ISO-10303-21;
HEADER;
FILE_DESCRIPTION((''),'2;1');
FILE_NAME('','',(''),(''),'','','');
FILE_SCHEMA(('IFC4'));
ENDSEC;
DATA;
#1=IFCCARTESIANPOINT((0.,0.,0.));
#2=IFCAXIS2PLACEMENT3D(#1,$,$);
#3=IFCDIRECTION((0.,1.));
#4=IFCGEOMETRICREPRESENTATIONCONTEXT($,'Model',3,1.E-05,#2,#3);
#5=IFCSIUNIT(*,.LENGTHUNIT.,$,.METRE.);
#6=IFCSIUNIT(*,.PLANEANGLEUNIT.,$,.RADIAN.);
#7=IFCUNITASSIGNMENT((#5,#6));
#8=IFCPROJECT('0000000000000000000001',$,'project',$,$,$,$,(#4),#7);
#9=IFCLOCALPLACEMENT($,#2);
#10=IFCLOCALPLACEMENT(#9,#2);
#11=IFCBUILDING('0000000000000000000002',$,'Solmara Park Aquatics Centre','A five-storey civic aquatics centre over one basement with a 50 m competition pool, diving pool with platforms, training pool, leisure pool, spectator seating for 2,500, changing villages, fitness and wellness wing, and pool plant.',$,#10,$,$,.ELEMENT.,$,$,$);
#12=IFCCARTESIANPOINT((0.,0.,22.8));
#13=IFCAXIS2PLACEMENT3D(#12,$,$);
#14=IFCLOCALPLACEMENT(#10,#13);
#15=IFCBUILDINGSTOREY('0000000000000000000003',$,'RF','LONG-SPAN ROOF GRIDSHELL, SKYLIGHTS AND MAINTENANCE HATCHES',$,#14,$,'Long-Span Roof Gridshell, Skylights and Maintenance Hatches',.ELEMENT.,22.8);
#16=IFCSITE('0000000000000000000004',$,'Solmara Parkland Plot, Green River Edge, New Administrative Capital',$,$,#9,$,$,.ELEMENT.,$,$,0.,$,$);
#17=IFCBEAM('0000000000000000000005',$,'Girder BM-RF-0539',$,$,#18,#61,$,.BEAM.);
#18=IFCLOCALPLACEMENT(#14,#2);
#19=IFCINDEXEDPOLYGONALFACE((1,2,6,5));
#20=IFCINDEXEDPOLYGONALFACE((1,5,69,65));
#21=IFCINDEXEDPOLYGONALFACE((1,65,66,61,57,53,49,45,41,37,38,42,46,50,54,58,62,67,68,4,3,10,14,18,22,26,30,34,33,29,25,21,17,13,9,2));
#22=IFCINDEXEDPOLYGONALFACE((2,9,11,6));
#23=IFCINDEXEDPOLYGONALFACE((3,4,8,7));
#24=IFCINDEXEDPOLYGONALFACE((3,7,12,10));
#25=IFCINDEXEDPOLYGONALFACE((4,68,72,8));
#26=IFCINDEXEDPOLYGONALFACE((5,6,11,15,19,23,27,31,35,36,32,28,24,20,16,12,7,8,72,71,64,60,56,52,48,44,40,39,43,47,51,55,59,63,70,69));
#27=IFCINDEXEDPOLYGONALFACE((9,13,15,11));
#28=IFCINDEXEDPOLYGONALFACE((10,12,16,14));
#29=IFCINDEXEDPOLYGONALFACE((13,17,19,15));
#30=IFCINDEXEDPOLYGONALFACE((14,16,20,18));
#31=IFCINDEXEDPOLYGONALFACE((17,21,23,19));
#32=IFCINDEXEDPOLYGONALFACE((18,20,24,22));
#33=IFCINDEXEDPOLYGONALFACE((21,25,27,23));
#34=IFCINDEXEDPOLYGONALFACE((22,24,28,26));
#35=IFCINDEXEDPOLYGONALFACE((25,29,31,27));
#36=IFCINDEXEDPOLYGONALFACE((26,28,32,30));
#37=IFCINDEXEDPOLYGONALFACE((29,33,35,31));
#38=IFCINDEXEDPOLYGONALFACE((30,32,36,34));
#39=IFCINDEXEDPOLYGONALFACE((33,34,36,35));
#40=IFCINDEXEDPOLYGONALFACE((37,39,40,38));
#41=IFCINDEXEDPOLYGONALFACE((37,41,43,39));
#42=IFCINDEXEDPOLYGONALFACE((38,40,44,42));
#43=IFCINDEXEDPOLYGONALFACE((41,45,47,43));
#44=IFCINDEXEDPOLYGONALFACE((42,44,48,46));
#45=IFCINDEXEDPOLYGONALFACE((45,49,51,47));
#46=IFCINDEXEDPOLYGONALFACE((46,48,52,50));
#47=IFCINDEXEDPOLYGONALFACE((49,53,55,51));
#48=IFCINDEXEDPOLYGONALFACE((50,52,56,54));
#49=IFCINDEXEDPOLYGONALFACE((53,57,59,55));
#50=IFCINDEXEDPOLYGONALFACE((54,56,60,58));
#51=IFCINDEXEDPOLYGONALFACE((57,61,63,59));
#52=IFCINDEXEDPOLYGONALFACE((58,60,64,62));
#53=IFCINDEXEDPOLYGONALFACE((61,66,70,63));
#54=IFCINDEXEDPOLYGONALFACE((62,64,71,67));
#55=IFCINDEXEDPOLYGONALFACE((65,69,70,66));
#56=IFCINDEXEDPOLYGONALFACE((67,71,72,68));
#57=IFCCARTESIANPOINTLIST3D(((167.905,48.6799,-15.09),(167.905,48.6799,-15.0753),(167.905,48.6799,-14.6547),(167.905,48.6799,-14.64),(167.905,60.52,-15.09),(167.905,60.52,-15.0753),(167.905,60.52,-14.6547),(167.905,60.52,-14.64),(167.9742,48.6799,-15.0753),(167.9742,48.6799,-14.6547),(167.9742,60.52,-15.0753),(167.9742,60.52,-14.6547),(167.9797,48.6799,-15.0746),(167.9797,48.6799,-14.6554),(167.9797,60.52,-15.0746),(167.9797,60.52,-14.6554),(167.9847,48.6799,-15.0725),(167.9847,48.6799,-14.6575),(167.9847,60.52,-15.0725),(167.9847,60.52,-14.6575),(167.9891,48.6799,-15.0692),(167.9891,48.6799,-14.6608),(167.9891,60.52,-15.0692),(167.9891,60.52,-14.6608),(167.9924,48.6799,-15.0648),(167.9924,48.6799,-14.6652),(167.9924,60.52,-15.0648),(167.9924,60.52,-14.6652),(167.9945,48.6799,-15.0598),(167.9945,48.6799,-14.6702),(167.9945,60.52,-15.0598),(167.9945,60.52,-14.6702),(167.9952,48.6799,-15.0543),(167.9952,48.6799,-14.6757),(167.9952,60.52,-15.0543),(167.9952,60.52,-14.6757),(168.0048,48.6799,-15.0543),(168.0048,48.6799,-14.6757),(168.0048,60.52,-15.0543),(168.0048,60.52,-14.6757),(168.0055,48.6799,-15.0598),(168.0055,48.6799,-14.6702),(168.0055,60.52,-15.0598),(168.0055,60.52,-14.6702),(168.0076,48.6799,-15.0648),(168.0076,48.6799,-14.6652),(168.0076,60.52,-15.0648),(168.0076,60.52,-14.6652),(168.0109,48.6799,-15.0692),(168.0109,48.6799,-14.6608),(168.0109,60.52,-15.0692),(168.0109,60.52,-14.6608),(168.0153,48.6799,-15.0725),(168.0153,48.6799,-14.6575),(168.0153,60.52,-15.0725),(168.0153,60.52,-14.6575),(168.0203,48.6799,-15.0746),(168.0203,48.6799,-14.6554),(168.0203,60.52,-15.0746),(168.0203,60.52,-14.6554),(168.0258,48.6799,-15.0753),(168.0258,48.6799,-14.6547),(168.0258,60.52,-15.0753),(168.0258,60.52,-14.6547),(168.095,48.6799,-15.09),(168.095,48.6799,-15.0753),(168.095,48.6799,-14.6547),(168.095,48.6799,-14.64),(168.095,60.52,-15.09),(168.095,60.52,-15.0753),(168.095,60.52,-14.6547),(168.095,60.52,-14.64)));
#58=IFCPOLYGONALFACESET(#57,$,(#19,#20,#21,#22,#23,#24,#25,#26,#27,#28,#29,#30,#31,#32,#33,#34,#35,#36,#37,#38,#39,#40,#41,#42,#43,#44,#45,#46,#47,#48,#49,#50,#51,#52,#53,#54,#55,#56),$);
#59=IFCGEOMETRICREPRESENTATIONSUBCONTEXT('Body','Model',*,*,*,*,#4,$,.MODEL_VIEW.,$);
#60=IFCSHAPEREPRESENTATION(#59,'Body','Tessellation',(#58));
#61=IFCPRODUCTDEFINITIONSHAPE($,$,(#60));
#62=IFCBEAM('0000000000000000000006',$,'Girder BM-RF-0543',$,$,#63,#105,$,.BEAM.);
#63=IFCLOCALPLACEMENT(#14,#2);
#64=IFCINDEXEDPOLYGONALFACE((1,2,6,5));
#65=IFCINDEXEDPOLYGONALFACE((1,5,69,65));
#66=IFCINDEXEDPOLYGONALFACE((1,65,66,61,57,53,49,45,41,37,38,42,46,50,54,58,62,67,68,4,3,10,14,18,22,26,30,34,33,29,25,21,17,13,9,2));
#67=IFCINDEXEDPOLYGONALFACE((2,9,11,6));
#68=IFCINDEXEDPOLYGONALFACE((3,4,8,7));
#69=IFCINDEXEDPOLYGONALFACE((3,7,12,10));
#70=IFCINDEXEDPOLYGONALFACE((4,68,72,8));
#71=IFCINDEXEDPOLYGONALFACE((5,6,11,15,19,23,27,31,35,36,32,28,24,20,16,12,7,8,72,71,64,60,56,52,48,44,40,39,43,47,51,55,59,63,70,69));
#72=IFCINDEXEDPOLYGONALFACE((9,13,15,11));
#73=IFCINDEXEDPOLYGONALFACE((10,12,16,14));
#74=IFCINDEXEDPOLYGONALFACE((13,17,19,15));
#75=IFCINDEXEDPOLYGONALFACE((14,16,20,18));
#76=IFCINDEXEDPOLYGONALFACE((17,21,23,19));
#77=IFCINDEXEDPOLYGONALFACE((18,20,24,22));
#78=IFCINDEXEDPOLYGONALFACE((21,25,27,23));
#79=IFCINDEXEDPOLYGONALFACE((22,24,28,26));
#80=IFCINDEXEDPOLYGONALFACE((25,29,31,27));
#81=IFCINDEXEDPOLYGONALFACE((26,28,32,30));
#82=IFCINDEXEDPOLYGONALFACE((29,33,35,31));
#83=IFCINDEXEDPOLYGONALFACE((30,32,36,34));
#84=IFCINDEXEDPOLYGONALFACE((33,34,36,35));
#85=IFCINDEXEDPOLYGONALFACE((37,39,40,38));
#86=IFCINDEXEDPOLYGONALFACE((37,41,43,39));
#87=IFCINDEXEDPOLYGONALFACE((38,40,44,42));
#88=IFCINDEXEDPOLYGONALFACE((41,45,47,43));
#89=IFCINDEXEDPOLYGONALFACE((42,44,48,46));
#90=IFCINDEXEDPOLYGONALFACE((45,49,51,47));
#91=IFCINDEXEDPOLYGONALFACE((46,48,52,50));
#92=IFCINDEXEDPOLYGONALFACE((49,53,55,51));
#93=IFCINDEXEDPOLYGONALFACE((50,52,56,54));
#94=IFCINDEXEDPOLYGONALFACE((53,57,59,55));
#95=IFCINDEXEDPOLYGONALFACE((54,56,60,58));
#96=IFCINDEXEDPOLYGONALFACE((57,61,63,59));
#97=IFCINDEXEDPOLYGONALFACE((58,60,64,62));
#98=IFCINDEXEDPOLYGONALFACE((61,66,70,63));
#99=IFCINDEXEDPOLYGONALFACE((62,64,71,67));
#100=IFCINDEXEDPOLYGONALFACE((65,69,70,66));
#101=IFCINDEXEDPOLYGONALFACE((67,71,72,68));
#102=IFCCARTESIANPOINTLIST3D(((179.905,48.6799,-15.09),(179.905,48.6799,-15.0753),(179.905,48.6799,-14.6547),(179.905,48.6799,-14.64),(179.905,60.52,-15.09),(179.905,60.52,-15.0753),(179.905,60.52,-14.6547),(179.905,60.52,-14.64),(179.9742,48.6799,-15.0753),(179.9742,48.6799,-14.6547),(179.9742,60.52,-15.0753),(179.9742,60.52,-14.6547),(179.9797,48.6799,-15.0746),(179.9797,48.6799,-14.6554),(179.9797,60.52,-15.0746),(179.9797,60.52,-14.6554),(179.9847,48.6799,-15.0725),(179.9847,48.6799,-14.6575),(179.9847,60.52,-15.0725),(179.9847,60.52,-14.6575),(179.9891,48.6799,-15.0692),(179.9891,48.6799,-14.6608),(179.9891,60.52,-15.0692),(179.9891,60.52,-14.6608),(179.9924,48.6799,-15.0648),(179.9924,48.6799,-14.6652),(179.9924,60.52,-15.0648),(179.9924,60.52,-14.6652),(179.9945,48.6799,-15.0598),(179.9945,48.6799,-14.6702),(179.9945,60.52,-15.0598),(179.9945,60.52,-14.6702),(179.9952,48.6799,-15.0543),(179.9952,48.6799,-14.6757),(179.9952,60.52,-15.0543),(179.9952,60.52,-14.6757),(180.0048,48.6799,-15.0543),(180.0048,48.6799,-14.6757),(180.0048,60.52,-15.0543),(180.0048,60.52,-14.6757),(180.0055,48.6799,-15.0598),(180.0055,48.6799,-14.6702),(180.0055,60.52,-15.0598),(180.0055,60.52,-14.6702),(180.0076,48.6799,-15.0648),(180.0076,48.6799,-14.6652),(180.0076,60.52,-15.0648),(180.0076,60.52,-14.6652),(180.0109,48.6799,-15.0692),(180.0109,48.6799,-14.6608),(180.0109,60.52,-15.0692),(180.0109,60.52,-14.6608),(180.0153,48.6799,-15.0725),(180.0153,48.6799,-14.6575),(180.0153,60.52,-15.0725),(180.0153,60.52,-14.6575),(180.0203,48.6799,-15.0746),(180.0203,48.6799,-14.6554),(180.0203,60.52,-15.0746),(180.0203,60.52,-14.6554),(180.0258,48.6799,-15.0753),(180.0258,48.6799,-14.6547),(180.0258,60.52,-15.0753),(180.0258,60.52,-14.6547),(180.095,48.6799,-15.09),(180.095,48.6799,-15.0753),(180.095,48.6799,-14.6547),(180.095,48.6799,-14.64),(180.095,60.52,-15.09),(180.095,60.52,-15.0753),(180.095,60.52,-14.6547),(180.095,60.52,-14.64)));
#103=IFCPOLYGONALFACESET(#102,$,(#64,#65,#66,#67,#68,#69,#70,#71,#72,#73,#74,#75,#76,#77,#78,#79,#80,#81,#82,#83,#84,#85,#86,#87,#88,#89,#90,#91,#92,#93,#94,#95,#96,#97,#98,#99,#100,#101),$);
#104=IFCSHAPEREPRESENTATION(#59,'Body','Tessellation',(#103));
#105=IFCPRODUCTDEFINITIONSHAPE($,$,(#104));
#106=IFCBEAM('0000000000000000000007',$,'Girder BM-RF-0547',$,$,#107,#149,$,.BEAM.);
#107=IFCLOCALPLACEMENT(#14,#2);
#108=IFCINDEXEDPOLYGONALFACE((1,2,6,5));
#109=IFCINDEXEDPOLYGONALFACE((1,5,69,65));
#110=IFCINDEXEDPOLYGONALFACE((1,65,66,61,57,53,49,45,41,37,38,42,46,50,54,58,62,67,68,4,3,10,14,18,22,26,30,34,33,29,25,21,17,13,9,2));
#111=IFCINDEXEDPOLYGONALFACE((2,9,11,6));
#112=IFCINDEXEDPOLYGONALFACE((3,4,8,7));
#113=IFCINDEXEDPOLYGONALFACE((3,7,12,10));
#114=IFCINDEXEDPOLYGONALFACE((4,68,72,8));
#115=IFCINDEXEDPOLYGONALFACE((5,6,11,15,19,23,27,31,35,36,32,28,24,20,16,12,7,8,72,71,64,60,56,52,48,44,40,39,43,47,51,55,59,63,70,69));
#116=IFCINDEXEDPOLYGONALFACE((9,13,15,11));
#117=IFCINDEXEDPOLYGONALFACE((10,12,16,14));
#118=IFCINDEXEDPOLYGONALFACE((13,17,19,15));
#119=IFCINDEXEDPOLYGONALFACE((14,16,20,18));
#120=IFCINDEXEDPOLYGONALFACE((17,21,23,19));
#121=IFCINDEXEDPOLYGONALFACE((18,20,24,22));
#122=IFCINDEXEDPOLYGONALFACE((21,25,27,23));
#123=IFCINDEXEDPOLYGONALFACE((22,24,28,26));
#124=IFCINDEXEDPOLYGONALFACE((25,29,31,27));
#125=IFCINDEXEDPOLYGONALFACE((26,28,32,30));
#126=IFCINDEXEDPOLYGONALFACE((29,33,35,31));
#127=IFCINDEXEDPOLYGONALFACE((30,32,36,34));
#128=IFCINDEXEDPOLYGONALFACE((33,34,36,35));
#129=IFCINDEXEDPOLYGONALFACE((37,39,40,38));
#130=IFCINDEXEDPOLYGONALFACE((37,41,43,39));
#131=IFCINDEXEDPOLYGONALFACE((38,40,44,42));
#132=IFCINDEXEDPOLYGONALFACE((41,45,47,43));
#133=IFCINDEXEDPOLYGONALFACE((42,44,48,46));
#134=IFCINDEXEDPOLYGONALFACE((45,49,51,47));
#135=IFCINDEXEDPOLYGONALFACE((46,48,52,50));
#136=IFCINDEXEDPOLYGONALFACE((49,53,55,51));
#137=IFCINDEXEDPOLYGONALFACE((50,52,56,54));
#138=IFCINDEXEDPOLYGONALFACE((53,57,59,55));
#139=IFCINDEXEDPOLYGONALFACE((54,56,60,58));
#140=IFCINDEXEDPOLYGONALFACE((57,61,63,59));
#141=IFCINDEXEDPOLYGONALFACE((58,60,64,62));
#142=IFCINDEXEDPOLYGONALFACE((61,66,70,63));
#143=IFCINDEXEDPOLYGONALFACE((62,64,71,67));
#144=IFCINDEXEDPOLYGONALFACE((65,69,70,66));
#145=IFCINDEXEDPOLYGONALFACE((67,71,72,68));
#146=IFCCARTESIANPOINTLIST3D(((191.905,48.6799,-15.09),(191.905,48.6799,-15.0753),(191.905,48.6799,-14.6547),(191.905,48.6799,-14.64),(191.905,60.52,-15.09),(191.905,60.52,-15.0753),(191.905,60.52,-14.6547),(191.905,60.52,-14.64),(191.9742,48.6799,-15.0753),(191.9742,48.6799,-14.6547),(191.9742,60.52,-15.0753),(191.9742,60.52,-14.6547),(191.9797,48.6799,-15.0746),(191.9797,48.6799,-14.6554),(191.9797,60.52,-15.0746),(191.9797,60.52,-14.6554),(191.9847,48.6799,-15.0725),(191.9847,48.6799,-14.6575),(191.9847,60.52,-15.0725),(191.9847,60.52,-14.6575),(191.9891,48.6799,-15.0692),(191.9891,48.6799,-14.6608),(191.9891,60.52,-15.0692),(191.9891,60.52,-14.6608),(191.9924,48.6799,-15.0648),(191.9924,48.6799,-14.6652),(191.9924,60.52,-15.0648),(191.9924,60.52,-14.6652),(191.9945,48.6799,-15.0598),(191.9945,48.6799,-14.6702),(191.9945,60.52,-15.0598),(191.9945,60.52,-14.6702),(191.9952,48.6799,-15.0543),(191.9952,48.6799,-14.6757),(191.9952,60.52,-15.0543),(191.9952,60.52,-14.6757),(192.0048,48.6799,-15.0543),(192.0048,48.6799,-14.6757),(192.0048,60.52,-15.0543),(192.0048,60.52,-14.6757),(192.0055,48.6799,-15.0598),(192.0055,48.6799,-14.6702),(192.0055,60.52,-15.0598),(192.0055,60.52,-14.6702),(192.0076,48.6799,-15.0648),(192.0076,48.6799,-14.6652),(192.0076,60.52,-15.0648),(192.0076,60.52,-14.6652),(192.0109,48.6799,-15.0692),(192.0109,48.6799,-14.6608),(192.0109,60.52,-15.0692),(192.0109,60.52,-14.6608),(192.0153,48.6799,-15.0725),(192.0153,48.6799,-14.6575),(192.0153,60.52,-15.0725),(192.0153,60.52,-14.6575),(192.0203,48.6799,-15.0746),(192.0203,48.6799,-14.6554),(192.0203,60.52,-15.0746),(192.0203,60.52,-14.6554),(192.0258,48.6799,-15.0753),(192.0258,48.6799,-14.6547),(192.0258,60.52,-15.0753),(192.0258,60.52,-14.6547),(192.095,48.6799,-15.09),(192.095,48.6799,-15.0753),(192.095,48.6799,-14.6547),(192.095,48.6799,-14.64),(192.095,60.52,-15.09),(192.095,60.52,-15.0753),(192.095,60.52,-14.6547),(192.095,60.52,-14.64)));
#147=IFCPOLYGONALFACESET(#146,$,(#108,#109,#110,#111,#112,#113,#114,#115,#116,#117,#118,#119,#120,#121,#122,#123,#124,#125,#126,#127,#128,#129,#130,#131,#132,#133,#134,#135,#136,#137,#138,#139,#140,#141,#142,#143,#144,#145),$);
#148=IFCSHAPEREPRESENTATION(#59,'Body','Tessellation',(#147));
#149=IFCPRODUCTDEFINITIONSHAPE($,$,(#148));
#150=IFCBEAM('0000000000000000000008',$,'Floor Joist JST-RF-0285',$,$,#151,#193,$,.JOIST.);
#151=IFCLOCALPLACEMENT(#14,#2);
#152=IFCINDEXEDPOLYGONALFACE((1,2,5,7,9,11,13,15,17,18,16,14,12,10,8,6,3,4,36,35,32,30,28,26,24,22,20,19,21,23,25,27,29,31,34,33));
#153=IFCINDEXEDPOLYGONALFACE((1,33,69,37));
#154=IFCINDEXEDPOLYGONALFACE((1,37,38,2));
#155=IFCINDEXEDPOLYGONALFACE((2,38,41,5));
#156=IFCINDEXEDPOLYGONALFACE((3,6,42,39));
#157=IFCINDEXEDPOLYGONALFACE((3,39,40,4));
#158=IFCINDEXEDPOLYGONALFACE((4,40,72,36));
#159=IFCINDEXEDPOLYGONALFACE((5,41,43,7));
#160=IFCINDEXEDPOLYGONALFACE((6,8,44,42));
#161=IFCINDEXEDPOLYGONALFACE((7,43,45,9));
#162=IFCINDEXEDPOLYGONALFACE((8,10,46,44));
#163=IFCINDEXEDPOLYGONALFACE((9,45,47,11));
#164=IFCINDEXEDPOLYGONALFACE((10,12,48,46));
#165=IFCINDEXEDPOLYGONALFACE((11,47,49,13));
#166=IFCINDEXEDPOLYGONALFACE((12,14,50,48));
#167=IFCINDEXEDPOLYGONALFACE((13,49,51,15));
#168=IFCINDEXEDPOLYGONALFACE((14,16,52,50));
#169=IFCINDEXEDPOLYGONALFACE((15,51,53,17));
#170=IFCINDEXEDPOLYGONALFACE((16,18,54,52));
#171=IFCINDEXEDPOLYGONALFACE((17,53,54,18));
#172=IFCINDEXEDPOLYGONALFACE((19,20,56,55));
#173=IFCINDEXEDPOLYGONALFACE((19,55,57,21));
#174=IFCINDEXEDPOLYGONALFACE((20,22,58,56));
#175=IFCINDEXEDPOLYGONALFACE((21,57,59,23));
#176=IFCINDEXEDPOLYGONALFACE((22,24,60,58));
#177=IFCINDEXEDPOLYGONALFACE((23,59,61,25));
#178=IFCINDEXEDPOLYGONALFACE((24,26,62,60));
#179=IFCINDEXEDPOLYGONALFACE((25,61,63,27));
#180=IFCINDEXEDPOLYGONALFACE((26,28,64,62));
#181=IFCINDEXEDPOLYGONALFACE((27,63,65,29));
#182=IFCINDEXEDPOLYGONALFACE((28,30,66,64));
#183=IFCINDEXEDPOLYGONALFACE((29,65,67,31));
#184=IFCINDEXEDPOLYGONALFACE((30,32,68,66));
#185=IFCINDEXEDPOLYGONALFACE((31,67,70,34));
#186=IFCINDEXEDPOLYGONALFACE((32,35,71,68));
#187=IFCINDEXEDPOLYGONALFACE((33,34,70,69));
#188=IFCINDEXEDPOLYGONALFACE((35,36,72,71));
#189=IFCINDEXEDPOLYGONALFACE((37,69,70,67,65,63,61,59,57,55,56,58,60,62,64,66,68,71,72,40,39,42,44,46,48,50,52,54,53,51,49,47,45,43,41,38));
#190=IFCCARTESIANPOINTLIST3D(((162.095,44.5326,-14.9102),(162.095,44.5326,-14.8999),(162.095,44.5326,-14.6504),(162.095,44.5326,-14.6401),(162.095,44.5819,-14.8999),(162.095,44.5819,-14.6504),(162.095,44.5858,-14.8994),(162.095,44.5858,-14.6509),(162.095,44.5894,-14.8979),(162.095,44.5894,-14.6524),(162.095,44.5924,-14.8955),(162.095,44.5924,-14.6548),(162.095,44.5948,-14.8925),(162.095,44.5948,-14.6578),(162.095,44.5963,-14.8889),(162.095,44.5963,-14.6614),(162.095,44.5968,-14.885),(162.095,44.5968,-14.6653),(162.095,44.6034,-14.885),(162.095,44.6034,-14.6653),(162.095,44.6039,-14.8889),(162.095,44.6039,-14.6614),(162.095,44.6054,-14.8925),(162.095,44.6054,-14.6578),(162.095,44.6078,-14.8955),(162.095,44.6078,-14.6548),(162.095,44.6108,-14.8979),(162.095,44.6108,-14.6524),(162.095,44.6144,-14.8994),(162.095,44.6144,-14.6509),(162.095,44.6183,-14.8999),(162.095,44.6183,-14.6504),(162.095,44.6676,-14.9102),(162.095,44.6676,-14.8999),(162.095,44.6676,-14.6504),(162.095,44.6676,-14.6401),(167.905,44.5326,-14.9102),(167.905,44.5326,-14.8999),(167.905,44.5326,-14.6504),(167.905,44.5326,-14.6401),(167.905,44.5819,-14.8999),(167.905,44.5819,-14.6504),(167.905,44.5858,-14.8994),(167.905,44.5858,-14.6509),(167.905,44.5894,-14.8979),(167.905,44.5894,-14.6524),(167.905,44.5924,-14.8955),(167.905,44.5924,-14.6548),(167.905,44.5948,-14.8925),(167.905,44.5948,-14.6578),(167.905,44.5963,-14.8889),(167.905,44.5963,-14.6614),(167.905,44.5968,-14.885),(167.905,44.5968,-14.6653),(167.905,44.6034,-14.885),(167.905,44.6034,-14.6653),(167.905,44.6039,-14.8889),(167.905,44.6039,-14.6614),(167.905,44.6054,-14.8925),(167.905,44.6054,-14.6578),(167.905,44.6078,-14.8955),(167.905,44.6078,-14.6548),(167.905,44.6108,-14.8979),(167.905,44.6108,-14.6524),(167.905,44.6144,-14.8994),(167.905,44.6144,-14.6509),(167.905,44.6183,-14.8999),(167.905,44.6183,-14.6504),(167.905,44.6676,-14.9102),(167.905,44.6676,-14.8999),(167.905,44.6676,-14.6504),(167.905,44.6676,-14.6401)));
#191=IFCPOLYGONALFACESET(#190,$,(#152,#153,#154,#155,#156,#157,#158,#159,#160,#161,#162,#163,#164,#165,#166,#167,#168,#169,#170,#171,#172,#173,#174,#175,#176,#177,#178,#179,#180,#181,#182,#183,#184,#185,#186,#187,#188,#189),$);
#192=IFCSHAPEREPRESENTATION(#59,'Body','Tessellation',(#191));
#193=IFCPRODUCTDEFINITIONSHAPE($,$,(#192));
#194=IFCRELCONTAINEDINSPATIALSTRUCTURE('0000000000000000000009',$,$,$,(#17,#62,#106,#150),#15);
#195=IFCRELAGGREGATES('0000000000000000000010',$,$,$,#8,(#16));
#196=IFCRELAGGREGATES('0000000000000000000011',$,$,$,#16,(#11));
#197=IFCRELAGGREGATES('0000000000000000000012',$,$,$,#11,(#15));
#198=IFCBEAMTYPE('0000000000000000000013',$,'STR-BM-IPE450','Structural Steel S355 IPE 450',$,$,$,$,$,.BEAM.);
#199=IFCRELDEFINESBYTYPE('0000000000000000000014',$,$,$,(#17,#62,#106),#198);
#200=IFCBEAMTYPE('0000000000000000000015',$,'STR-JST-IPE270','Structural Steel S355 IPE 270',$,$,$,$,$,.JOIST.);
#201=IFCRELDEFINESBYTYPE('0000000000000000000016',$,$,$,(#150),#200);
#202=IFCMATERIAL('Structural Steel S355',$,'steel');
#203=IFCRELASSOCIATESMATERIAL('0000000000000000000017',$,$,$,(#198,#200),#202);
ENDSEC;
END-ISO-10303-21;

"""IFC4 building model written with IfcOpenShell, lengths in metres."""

from ifc_helpers import new_model, si_unit, direction, frame, origin, origin_2d, place, context, subcontext, project, spatial, i_section, extrude, material, material_profile, profile_set, type_object, element, save


model = new_model("IFC4")

# Units and contexts
model_context = context("Model", 3, precision=1e-05, world=origin(), true_north=direction((0.0, 1.0)))
body_context = subcontext(model_context, "Body", "Model", "MODEL_VIEW")
ifc_project = project(units=[si_unit("LENGTHUNIT", "METRE"), si_unit("PLANEANGLEUNIT", "RADIAN")], contexts=[model_context])

# Site, building, storey
site_placement = place(None, origin())
site = spatial("IfcSite", under=ifc_project, at=site_placement, Name="Solmara Parkland Plot, Green River Edge, New Administrative Capital", CompositionType="ELEMENT", RefElevation=0.0)
building_placement = place(site_placement, origin())
building = spatial("IfcBuilding", under=site, at=building_placement, Name="Solmara Park Aquatics Centre", Description="A five-storey civic aquatics centre over one basement with a 50 m competition pool, diving pool with platforms, training pool, leisure pool, spectator seating for 2,500, changing villages, fitness and wellness wing, and pool plant.", CompositionType="ELEMENT")
storey_placement = place(building_placement, frame((0.0, 0.0, 22.8)))
storey = spatial("IfcBuildingStorey", under=building, at=storey_placement, Name="RF", Description="LONG-SPAN ROOF GRIDSHELL, SKYLIGHTS AND MAINTENANCE HATCHES", LongName="Long-Span Roof Gridshell, Skylights and Maintenance Hatches", CompositionType="ELEMENT", Elevation=22.8)

# Shared definitions
ifc_material_1 = material(Name="Structural Steel S355", Category="steel")

# Beams
ifc_material_profile_1 = material_profile(ifc_material_1, i_section(OverallWidth=0.1899, OverallDepth=0.45, WebThickness=0.0095, FlangeThickness=0.0146, FilletRadius=0.021, at=origin_2d()), Name="IPE 450")
ifc_profile_set_1 = profile_set([ifc_material_profile_1], Name="Structural Steel S355")
beam_type_1 = type_object("IfcBeamType", Name="STR-BM-IPE450", Description="Structural Steel S355 IPE 450", PredefinedType="BEAM", material=ifc_profile_set_1)
for number, where, z_axis, x_axis, name in (
    (1, (168.0, 48.6799, -14.865), (0.0, 1.0, 0.0), (-1.0, 0.0, 0.0), "Girder BM-RF-0539"),
    (2, (180.0, 48.6799, -14.865), (0.0, 1.0, 0.0), (-1.0, 0.0, 0.0), "Girder BM-RF-0543"),
    (3, (192.0, 48.6799, -14.865), (0.0, 1.0, 0.0), (-1.0, 0.0, 0.0), "Girder BM-RF-0547"),
):
    element("IfcBeam", number, at=place(storey_placement, frame(where, z_axis=z_axis, x_axis=x_axis)), inside=storey, type_object=beam_type_1, Name=name, PredefinedType="BEAM", context=body_context, shape_type="SweptSolid", body=[
        extrude(i_section(OverallWidth=0.1899, OverallDepth=0.45, WebThickness=0.0095, FlangeThickness=0.0146, FilletRadius=0.021, at=origin_2d()), origin(), (0.0, 0.0, 1.0), 11.8401),
    ])
ifc_material_profile_2 = material_profile(ifc_material_1, i_section(OverallWidth=0.135, OverallDepth=0.27, WebThickness=0.0066, FlangeThickness=0.0103, FilletRadius=0.0149, at=origin_2d()), Name="IPE 270")
ifc_profile_set_2 = profile_set([ifc_material_profile_2], Name="Structural Steel S355")
beam_type_2 = type_object("IfcBeamType", Name="STR-JST-IPE270", Description="Structural Steel S355 IPE 270", PredefinedType="JOIST", material=ifc_profile_set_2)
beam_1_placement = place(storey_placement, frame((162.095, 44.6001, -14.7751), z_axis=(1.0, 0.0, 0.0), x_axis=(0.0, 1.0, 0.0)))
element("IfcBeam", 4, at=beam_1_placement, inside=storey, type_object=beam_type_2, Name="Floor Joist JST-RF-0285", PredefinedType="JOIST", context=body_context, shape_type="SweptSolid", body=[
    extrude(i_section(OverallWidth=0.135, OverallDepth=0.27, WebThickness=0.0066, FlangeThickness=0.0103, FilletRadius=0.0149, at=origin_2d()), origin(), (0.0, 0.0, 1.0), 5.8101),
])

save(model, "model.ifc")
